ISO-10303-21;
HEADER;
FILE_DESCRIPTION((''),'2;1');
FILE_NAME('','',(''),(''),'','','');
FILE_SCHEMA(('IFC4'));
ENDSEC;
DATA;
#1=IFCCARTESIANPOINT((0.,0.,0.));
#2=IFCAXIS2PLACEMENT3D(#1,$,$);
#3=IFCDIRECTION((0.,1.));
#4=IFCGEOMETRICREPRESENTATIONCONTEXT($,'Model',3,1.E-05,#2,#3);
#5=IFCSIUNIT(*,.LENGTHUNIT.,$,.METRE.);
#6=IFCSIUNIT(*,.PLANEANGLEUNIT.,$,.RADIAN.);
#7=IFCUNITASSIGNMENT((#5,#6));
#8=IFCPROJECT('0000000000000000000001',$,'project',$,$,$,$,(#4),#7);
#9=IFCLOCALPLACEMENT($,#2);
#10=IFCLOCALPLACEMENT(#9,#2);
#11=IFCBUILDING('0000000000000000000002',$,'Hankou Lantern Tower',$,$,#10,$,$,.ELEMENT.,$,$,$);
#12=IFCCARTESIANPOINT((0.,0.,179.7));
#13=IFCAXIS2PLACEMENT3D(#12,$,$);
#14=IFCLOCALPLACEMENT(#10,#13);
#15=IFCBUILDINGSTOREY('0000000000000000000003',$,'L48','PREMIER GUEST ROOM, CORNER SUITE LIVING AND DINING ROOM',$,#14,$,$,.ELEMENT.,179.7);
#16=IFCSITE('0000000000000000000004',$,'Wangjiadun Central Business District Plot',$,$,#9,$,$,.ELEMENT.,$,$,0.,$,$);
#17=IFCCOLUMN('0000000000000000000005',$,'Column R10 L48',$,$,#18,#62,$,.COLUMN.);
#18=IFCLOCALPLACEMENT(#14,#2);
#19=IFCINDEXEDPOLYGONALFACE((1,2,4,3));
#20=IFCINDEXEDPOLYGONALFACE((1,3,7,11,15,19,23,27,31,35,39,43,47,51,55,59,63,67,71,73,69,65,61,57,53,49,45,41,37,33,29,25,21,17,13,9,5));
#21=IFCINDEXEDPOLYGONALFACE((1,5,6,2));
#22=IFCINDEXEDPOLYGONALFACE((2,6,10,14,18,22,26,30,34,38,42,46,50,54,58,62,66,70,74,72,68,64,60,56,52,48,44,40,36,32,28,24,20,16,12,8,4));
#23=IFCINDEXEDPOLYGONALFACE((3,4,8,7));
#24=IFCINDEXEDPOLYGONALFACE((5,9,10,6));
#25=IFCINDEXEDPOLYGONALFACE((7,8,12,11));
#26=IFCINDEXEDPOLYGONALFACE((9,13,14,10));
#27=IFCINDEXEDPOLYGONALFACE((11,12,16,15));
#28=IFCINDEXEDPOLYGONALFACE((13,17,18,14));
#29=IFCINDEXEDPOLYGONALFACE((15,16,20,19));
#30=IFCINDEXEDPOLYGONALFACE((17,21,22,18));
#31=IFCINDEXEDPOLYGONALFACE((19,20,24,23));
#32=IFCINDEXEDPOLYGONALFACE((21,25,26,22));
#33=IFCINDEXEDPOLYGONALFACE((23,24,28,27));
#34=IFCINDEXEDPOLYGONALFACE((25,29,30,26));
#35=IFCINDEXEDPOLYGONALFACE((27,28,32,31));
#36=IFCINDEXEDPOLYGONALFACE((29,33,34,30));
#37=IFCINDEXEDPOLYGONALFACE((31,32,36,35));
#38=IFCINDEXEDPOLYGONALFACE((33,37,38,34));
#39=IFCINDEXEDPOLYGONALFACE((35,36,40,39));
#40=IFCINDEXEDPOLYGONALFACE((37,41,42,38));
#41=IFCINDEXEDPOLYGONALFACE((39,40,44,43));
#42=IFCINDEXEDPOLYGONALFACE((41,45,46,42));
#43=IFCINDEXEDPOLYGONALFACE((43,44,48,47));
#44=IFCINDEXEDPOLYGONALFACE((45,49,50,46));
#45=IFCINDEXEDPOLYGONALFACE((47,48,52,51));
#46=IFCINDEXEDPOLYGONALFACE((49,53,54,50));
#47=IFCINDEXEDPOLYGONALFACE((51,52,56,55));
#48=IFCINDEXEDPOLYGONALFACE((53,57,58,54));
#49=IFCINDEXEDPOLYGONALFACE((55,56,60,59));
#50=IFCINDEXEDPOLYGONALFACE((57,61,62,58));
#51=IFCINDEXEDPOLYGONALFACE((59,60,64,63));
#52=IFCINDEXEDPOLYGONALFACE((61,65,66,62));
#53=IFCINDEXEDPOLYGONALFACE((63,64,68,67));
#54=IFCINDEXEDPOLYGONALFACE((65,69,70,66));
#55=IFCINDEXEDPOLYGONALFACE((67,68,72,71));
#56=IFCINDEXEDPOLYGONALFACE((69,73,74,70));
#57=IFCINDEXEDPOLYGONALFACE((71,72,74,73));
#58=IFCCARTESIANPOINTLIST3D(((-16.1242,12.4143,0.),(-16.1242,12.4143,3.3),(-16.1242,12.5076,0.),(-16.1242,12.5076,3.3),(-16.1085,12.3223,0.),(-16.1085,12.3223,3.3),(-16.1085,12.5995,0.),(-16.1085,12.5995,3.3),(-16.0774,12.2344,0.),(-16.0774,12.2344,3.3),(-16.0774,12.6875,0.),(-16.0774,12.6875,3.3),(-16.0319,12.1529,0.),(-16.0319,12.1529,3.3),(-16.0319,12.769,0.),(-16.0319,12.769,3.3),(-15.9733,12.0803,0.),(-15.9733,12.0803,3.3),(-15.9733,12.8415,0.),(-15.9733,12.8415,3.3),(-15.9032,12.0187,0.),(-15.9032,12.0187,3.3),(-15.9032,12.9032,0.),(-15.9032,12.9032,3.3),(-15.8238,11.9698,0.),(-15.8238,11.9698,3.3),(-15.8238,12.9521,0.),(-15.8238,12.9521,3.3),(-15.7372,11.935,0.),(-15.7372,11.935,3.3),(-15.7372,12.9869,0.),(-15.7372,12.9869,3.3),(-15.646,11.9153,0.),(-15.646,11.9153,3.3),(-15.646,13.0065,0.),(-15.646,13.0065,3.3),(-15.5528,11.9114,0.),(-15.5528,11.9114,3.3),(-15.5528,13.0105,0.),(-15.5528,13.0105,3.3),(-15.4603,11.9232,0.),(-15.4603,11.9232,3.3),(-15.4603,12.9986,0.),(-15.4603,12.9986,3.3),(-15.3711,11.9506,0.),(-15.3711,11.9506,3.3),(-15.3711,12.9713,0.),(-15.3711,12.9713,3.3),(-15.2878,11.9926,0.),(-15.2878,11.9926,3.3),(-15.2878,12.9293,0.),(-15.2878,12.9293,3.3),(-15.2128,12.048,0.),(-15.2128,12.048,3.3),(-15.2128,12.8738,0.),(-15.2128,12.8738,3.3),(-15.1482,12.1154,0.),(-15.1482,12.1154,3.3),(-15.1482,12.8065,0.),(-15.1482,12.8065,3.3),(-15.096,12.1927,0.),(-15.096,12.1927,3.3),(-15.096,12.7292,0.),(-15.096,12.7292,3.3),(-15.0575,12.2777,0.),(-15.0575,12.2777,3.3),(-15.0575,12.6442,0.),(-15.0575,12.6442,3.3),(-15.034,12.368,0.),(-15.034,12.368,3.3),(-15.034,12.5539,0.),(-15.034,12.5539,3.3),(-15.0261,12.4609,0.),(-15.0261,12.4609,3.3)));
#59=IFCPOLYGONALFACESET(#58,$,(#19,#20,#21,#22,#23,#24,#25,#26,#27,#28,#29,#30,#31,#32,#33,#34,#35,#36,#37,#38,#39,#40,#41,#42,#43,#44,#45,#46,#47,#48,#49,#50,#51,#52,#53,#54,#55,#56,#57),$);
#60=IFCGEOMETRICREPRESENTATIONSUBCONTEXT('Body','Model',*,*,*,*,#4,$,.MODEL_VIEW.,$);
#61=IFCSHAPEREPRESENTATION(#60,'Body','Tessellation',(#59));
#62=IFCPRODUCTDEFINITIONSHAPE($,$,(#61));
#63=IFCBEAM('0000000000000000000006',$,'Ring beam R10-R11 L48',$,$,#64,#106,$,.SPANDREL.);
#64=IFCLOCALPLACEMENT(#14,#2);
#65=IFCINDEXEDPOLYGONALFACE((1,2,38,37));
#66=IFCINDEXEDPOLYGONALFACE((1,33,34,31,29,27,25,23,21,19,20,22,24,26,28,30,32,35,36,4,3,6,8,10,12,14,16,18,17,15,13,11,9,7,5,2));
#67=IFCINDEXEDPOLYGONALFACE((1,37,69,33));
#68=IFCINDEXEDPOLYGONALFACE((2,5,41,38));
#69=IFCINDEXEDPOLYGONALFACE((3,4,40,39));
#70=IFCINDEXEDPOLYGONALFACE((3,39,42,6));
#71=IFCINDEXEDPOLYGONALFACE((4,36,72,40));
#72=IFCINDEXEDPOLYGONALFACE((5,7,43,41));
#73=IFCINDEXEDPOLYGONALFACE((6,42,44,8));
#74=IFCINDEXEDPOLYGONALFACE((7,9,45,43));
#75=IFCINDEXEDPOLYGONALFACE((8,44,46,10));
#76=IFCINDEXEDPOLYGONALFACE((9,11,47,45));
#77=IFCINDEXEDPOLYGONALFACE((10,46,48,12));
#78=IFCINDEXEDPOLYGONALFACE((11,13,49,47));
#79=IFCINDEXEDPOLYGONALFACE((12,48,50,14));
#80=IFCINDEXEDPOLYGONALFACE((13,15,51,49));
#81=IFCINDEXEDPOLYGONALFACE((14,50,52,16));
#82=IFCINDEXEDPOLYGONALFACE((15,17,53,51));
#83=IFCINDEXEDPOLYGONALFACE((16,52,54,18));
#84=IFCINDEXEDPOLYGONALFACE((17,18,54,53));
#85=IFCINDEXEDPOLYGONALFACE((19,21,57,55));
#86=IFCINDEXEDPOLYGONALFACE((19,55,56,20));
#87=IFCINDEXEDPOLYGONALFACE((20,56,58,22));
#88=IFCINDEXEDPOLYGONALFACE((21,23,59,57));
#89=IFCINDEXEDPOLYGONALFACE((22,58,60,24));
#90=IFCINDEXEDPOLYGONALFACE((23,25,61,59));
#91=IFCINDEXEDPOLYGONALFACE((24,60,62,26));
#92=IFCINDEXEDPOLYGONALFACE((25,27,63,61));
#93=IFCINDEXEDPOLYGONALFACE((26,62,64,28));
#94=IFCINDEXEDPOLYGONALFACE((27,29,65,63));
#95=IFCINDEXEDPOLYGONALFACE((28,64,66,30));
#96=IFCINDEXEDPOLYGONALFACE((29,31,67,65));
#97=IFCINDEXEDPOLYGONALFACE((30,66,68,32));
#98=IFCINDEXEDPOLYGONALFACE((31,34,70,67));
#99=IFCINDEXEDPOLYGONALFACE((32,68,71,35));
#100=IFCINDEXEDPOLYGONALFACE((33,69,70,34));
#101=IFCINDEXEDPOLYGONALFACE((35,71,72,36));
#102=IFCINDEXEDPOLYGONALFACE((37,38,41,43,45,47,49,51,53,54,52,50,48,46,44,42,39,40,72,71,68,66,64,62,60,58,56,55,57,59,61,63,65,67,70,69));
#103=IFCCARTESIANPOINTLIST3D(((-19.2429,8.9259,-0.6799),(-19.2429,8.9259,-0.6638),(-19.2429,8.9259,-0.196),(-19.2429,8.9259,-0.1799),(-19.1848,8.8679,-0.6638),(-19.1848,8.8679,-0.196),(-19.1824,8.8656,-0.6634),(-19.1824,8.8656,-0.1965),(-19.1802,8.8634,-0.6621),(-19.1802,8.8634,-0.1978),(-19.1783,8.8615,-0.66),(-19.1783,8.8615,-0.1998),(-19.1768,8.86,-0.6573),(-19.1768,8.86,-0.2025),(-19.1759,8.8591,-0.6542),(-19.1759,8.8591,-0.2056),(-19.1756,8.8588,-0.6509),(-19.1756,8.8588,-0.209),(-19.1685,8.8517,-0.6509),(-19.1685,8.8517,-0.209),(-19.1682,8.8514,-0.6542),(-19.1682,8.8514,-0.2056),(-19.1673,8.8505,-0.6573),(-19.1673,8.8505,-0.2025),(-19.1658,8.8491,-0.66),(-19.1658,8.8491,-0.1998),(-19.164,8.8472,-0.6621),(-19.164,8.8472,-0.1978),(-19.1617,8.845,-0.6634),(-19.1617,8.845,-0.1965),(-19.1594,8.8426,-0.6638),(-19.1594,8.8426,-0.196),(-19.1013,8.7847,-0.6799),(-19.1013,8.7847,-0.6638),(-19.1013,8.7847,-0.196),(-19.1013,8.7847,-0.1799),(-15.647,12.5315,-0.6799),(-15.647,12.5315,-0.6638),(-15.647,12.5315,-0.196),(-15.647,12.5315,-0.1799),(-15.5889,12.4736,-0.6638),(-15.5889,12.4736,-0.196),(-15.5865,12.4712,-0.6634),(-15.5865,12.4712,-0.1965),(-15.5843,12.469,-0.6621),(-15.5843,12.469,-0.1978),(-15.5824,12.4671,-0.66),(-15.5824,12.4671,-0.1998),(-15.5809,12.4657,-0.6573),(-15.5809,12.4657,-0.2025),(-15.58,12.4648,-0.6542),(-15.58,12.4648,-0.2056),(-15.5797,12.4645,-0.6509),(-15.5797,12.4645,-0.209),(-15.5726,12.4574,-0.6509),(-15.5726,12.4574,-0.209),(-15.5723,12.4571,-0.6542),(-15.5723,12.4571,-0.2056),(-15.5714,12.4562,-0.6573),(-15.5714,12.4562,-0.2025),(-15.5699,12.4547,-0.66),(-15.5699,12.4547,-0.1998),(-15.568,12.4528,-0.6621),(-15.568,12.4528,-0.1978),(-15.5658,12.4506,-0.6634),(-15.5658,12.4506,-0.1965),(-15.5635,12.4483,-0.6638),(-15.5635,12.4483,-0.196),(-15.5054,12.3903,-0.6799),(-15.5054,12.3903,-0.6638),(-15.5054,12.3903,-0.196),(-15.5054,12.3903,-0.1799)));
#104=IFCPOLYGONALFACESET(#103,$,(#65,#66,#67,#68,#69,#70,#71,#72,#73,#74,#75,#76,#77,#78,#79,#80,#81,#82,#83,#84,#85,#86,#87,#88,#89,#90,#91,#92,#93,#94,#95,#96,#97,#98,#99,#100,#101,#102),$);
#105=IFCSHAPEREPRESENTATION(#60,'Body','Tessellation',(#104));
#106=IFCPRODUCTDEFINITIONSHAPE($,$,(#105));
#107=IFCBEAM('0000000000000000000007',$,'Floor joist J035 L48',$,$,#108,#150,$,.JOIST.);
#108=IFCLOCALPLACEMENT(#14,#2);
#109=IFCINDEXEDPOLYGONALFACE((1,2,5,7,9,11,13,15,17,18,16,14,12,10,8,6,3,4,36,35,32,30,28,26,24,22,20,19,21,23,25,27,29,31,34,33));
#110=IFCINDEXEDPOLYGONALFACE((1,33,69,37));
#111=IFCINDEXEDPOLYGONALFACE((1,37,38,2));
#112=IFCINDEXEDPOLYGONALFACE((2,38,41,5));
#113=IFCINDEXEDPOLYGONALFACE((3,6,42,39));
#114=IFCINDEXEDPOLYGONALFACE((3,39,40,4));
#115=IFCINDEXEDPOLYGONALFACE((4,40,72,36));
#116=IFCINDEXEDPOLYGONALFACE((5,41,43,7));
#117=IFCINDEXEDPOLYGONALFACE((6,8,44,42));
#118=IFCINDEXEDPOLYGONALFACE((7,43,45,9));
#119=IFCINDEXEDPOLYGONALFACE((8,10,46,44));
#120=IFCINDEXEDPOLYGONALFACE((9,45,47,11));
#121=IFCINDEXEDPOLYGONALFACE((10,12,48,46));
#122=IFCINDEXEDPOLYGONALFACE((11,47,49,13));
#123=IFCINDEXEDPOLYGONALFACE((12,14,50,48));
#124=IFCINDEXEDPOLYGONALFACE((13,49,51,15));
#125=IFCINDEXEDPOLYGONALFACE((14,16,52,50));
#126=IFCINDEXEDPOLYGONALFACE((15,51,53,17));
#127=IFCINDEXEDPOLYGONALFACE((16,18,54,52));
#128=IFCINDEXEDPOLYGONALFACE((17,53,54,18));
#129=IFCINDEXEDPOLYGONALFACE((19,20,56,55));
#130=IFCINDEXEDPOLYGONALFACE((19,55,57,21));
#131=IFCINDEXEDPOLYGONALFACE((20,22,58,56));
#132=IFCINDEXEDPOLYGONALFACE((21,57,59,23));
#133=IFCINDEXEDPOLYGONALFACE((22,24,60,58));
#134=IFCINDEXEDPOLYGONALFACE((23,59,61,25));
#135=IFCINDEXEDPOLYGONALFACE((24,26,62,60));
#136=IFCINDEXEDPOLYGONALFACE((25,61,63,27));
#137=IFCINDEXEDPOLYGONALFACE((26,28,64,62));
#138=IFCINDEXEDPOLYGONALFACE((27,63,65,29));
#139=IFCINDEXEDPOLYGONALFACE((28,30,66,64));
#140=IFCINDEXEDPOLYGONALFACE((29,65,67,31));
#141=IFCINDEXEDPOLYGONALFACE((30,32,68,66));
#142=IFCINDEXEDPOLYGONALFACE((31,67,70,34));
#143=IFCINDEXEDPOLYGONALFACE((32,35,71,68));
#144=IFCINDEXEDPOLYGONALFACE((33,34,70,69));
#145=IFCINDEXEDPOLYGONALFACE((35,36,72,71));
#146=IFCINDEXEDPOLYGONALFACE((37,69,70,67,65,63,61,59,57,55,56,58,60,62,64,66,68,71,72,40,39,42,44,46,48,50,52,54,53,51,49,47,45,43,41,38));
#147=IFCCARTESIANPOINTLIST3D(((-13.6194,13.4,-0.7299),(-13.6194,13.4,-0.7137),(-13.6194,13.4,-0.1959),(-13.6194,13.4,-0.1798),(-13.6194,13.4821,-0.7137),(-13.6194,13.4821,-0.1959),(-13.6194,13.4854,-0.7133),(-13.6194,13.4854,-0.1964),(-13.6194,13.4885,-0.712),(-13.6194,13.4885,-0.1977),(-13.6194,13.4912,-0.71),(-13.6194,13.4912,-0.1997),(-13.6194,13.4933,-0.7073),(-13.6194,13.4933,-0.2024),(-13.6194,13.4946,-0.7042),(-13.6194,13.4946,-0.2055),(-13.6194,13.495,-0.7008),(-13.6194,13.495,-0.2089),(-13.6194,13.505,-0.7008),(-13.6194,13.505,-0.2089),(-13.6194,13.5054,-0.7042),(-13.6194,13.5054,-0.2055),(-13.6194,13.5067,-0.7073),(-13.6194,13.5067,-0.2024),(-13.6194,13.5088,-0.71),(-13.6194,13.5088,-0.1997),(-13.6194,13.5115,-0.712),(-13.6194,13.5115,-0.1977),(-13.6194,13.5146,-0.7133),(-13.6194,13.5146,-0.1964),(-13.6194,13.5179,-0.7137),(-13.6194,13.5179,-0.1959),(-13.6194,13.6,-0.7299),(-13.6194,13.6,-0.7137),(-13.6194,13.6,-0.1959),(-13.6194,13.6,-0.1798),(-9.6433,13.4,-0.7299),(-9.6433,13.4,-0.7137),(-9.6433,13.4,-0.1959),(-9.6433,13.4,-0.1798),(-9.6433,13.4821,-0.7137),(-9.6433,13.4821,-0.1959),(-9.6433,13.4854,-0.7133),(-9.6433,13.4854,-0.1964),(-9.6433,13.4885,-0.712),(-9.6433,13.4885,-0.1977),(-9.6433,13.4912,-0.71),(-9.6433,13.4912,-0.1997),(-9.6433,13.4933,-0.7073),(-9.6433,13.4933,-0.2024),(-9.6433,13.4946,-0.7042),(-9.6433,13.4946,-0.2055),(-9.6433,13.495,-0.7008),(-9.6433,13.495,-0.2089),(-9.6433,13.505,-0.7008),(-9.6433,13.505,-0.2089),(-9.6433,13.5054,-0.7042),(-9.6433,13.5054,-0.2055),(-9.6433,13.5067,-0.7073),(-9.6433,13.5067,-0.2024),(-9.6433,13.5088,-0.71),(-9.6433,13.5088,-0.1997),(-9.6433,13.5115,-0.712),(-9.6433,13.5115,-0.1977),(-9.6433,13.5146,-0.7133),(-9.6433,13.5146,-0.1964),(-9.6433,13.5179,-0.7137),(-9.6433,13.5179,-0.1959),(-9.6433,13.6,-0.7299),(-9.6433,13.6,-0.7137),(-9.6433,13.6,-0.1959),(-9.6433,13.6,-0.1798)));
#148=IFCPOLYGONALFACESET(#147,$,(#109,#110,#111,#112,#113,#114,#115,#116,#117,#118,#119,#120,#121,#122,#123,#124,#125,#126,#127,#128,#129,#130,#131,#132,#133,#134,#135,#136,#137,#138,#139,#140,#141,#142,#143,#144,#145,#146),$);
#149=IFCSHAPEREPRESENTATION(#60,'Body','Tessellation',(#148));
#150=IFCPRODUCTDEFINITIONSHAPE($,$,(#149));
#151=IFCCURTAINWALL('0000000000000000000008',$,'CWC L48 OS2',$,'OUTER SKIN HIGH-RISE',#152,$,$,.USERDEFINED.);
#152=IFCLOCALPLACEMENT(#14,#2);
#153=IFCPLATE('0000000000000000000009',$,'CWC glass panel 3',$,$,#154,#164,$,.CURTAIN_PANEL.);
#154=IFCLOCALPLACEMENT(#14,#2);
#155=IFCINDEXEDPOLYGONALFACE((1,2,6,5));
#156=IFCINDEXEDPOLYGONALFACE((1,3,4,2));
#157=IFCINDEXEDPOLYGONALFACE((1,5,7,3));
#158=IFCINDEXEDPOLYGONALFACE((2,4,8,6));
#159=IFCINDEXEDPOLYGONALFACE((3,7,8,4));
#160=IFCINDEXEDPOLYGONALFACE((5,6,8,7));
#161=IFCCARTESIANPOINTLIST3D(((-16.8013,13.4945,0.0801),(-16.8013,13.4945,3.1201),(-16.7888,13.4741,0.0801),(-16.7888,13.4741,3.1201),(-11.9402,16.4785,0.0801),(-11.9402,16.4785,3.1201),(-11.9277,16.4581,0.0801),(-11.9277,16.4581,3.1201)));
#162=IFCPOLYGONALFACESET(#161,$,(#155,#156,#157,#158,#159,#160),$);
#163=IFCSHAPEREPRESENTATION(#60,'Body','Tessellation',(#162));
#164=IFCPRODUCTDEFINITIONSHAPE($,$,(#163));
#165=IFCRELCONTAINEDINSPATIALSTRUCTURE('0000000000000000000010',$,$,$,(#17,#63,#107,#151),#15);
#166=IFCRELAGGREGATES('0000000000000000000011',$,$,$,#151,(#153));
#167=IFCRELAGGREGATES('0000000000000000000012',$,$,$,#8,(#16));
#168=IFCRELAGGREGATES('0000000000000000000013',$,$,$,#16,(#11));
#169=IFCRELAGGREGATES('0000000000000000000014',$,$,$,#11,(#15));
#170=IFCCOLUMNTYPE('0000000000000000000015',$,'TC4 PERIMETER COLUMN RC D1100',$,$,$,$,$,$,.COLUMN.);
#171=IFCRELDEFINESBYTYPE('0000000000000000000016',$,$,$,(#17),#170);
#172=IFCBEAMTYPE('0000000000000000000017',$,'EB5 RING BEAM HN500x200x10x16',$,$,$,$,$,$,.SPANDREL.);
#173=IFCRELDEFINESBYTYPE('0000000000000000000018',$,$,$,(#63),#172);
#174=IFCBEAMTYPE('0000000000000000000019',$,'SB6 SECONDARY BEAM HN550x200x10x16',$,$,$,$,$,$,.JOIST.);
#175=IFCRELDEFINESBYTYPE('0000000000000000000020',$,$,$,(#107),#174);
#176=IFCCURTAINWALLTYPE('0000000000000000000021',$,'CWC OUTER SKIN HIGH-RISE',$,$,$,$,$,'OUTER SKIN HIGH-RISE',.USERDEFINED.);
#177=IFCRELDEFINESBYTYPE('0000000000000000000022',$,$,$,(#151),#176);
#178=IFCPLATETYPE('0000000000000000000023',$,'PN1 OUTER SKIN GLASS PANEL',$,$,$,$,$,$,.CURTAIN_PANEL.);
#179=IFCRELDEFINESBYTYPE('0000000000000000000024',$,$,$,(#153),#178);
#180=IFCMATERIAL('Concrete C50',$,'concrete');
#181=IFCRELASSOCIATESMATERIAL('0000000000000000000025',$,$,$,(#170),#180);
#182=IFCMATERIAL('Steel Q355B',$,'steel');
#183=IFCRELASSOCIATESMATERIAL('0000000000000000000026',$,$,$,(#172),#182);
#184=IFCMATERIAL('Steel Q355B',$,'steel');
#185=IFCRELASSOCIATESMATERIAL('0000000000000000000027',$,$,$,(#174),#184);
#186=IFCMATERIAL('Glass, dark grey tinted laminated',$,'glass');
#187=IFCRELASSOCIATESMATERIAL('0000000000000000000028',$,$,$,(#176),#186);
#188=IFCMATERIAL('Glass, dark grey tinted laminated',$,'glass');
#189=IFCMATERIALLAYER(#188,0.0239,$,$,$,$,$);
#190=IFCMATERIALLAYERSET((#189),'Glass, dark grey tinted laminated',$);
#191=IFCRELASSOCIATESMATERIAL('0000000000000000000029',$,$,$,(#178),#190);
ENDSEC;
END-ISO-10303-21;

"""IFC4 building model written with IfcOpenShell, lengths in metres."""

from ifc_helpers import new_model, si_unit, direction, frame, origin, origin_2d, place, context, subcontext, project, spatial, rectangle, circle, i_section, extrude, material, layer, layer_set, material_profile, profile_set, type_object, element, aggregate, save


model = new_model("IFC4")

# Units and contexts
model_context = context("Model", 3, precision=1e-05, world=origin(), true_north=direction((0.0, 1.0)))
body_context = subcontext(model_context, "Body", "Model", "MODEL_VIEW")
ifc_project = project(units=[si_unit("LENGTHUNIT", "METRE"), si_unit("PLANEANGLEUNIT", "RADIAN")], contexts=[model_context])

# Site, building, storey
site_placement = place(None, origin())
site = spatial("IfcSite", under=ifc_project, at=site_placement, Name="Wangjiadun Central Business District Plot", CompositionType="ELEMENT", RefElevation=0.0)
building_placement = place(site_placement, origin())
building = spatial("IfcBuilding", under=site, at=building_placement, Name="Hankou Lantern Tower", CompositionType="ELEMENT")
storey_placement = place(building_placement, frame((0.0, 0.0, 179.7)))
storey = spatial("IfcBuildingStorey", under=building, at=storey_placement, Name="L48", Description="PREMIER GUEST ROOM, CORNER SUITE LIVING AND DINING ROOM", CompositionType="ELEMENT", Elevation=179.7)

# Column
ifc_material_1 = material(Name="Concrete C50", Category="concrete")
ifc_material_profile_1 = material_profile(ifc_material_1, circle(Radius=0.55, at=origin_2d()), Name="RC D1100")
ifc_profile_set_1 = profile_set([ifc_material_profile_1], Name="Concrete C50")
column_type = type_object("IfcColumnType", Name="TC4 PERIMETER COLUMN RC D1100", PredefinedType="COLUMN", material=ifc_profile_set_1)
column_placement = place(storey_placement, frame((-15.5762, 12.4609, 0.0), z_axis=(0.0, 0.0, 1.0), x_axis=(1.0, 0.0, 0.0)))
element("IfcColumn", 1, at=column_placement, inside=storey, type_object=column_type, Name="Column R10 L48", PredefinedType="COLUMN", context=body_context, shape_type="SweptSolid", body=[
    extrude(circle(Radius=0.55, at=origin_2d()), origin(), (0.0, 0.0, 1.0), 3.3),
])

# Beams
ifc_material_2 = material(Name="Steel Q355B", Category="steel")
ifc_material_profile_2 = material_profile(ifc_material_2, i_section(OverallWidth=0.2, OverallDepth=0.5, WebThickness=0.01, FlangeThickness=0.0161, FilletRadius=0.0129, at=origin_2d()), Name="HN500x200x10x16")
ifc_profile_set_2 = profile_set([ifc_material_profile_2], Name="Steel Q355B")
beam_type_1 = type_object("IfcBeamType", Name="EB5 RING BEAM HN500x200x10x16", PredefinedType="SPANDREL", material=ifc_profile_set_2)
beam_1_placement = place(storey_placement, frame((-15.5762, 12.4609, -0.4299), z_axis=(-0.706147, -0.708065, 0.0), x_axis=(0.708065, -0.706147, 0.0)))
element("IfcBeam", 2, at=beam_1_placement, inside=storey, type_object=beam_type_1, Name="Ring beam R10-R11 L48", PredefinedType="SPANDREL", context=body_context, shape_type="SweptSolid", body=[
    extrude(i_section(OverallWidth=0.2, OverallDepth=0.5, WebThickness=0.01, FlangeThickness=0.0161, FilletRadius=0.0129, at=origin_2d()), origin(), (0.0, 0.0, 1.0), 5.0923),
])
ifc_material_3 = material(Name="Steel Q355B", Category="steel")
ifc_material_profile_3 = material_profile(ifc_material_3, i_section(OverallWidth=0.2, OverallDepth=0.55, WebThickness=0.01, FlangeThickness=0.0161, FilletRadius=0.0129, at=origin_2d()), Name="HN550x200x10x16")
ifc_profile_set_3 = profile_set([ifc_material_profile_3], Name="Steel Q355B")
beam_type_2 = type_object("IfcBeamType", Name="SB6 SECONDARY BEAM HN550x200x10x16", PredefinedType="JOIST", material=ifc_profile_set_3)
beam_2_placement = place(storey_placement, frame((-13.6194, 13.5, -0.4548), z_axis=(1.0, 0.0, 0.0), x_axis=(0.0, 1.0, 0.0)))
element("IfcBeam", 3, at=beam_2_placement, inside=storey, type_object=beam_type_2, Name="Floor joist J035 L48", PredefinedType="JOIST", context=body_context, shape_type="SweptSolid", body=[
    extrude(i_section(OverallWidth=0.2, OverallDepth=0.55, WebThickness=0.01, FlangeThickness=0.0161, FilletRadius=0.0129, at=origin_2d()), origin(), (0.0, 0.0, 1.0), 3.9761),
])

# Curtain wall, plate
ifc_material_4 = material(Name="Glass, dark grey tinted laminated", Category="glass")
curtain_wall_type = type_object("IfcCurtainWallType", Name="CWC OUTER SKIN HIGH-RISE", ElementType="OUTER SKIN HIGH-RISE", PredefinedType="USERDEFINED", material=ifc_material_4)
curtain_wall_placement = place(storey_placement, origin())
curtain_wall = element("IfcCurtainWall", 4, at=curtain_wall_placement, inside=storey, type_object=curtain_wall_type, Name="CWC L48 OS2", ObjectType="OUTER SKIN HIGH-RISE", PredefinedType="USERDEFINED")
ifc_material_5 = material(Name="Glass, dark grey tinted laminated", Category="glass")
ifc_layer_1 = layer(ifc_material_5, 0.0239)
ifc_layer_set_1 = layer_set([ifc_layer_1], Name="Glass, dark grey tinted laminated")
plate_type = type_object("IfcPlateType", Name="PN1 OUTER SKIN GLASS PANEL", PredefinedType="CURTAIN_PANEL", material=ifc_layer_set_1)
plate_placement = place(storey_placement, frame((-14.3645, 14.9763, 0.0801), z_axis=(0.0, 0.0, 1.0), x_axis=(-0.852237, -0.523156, 0.0)))
plate = element("IfcPlate", 5, at=plate_placement, type_object=plate_type, Name="CWC glass panel 3", PredefinedType="CURTAIN_PANEL", context=body_context, shape_type="SweptSolid", body=[
    extrude(rectangle(XDim=5.7039, YDim=0.0239, at=origin_2d()), origin(), (0.0, 0.0, 1.0), 3.04),
])
aggregate(curtain_wall, [plate])

save(model, "model.ifc")
